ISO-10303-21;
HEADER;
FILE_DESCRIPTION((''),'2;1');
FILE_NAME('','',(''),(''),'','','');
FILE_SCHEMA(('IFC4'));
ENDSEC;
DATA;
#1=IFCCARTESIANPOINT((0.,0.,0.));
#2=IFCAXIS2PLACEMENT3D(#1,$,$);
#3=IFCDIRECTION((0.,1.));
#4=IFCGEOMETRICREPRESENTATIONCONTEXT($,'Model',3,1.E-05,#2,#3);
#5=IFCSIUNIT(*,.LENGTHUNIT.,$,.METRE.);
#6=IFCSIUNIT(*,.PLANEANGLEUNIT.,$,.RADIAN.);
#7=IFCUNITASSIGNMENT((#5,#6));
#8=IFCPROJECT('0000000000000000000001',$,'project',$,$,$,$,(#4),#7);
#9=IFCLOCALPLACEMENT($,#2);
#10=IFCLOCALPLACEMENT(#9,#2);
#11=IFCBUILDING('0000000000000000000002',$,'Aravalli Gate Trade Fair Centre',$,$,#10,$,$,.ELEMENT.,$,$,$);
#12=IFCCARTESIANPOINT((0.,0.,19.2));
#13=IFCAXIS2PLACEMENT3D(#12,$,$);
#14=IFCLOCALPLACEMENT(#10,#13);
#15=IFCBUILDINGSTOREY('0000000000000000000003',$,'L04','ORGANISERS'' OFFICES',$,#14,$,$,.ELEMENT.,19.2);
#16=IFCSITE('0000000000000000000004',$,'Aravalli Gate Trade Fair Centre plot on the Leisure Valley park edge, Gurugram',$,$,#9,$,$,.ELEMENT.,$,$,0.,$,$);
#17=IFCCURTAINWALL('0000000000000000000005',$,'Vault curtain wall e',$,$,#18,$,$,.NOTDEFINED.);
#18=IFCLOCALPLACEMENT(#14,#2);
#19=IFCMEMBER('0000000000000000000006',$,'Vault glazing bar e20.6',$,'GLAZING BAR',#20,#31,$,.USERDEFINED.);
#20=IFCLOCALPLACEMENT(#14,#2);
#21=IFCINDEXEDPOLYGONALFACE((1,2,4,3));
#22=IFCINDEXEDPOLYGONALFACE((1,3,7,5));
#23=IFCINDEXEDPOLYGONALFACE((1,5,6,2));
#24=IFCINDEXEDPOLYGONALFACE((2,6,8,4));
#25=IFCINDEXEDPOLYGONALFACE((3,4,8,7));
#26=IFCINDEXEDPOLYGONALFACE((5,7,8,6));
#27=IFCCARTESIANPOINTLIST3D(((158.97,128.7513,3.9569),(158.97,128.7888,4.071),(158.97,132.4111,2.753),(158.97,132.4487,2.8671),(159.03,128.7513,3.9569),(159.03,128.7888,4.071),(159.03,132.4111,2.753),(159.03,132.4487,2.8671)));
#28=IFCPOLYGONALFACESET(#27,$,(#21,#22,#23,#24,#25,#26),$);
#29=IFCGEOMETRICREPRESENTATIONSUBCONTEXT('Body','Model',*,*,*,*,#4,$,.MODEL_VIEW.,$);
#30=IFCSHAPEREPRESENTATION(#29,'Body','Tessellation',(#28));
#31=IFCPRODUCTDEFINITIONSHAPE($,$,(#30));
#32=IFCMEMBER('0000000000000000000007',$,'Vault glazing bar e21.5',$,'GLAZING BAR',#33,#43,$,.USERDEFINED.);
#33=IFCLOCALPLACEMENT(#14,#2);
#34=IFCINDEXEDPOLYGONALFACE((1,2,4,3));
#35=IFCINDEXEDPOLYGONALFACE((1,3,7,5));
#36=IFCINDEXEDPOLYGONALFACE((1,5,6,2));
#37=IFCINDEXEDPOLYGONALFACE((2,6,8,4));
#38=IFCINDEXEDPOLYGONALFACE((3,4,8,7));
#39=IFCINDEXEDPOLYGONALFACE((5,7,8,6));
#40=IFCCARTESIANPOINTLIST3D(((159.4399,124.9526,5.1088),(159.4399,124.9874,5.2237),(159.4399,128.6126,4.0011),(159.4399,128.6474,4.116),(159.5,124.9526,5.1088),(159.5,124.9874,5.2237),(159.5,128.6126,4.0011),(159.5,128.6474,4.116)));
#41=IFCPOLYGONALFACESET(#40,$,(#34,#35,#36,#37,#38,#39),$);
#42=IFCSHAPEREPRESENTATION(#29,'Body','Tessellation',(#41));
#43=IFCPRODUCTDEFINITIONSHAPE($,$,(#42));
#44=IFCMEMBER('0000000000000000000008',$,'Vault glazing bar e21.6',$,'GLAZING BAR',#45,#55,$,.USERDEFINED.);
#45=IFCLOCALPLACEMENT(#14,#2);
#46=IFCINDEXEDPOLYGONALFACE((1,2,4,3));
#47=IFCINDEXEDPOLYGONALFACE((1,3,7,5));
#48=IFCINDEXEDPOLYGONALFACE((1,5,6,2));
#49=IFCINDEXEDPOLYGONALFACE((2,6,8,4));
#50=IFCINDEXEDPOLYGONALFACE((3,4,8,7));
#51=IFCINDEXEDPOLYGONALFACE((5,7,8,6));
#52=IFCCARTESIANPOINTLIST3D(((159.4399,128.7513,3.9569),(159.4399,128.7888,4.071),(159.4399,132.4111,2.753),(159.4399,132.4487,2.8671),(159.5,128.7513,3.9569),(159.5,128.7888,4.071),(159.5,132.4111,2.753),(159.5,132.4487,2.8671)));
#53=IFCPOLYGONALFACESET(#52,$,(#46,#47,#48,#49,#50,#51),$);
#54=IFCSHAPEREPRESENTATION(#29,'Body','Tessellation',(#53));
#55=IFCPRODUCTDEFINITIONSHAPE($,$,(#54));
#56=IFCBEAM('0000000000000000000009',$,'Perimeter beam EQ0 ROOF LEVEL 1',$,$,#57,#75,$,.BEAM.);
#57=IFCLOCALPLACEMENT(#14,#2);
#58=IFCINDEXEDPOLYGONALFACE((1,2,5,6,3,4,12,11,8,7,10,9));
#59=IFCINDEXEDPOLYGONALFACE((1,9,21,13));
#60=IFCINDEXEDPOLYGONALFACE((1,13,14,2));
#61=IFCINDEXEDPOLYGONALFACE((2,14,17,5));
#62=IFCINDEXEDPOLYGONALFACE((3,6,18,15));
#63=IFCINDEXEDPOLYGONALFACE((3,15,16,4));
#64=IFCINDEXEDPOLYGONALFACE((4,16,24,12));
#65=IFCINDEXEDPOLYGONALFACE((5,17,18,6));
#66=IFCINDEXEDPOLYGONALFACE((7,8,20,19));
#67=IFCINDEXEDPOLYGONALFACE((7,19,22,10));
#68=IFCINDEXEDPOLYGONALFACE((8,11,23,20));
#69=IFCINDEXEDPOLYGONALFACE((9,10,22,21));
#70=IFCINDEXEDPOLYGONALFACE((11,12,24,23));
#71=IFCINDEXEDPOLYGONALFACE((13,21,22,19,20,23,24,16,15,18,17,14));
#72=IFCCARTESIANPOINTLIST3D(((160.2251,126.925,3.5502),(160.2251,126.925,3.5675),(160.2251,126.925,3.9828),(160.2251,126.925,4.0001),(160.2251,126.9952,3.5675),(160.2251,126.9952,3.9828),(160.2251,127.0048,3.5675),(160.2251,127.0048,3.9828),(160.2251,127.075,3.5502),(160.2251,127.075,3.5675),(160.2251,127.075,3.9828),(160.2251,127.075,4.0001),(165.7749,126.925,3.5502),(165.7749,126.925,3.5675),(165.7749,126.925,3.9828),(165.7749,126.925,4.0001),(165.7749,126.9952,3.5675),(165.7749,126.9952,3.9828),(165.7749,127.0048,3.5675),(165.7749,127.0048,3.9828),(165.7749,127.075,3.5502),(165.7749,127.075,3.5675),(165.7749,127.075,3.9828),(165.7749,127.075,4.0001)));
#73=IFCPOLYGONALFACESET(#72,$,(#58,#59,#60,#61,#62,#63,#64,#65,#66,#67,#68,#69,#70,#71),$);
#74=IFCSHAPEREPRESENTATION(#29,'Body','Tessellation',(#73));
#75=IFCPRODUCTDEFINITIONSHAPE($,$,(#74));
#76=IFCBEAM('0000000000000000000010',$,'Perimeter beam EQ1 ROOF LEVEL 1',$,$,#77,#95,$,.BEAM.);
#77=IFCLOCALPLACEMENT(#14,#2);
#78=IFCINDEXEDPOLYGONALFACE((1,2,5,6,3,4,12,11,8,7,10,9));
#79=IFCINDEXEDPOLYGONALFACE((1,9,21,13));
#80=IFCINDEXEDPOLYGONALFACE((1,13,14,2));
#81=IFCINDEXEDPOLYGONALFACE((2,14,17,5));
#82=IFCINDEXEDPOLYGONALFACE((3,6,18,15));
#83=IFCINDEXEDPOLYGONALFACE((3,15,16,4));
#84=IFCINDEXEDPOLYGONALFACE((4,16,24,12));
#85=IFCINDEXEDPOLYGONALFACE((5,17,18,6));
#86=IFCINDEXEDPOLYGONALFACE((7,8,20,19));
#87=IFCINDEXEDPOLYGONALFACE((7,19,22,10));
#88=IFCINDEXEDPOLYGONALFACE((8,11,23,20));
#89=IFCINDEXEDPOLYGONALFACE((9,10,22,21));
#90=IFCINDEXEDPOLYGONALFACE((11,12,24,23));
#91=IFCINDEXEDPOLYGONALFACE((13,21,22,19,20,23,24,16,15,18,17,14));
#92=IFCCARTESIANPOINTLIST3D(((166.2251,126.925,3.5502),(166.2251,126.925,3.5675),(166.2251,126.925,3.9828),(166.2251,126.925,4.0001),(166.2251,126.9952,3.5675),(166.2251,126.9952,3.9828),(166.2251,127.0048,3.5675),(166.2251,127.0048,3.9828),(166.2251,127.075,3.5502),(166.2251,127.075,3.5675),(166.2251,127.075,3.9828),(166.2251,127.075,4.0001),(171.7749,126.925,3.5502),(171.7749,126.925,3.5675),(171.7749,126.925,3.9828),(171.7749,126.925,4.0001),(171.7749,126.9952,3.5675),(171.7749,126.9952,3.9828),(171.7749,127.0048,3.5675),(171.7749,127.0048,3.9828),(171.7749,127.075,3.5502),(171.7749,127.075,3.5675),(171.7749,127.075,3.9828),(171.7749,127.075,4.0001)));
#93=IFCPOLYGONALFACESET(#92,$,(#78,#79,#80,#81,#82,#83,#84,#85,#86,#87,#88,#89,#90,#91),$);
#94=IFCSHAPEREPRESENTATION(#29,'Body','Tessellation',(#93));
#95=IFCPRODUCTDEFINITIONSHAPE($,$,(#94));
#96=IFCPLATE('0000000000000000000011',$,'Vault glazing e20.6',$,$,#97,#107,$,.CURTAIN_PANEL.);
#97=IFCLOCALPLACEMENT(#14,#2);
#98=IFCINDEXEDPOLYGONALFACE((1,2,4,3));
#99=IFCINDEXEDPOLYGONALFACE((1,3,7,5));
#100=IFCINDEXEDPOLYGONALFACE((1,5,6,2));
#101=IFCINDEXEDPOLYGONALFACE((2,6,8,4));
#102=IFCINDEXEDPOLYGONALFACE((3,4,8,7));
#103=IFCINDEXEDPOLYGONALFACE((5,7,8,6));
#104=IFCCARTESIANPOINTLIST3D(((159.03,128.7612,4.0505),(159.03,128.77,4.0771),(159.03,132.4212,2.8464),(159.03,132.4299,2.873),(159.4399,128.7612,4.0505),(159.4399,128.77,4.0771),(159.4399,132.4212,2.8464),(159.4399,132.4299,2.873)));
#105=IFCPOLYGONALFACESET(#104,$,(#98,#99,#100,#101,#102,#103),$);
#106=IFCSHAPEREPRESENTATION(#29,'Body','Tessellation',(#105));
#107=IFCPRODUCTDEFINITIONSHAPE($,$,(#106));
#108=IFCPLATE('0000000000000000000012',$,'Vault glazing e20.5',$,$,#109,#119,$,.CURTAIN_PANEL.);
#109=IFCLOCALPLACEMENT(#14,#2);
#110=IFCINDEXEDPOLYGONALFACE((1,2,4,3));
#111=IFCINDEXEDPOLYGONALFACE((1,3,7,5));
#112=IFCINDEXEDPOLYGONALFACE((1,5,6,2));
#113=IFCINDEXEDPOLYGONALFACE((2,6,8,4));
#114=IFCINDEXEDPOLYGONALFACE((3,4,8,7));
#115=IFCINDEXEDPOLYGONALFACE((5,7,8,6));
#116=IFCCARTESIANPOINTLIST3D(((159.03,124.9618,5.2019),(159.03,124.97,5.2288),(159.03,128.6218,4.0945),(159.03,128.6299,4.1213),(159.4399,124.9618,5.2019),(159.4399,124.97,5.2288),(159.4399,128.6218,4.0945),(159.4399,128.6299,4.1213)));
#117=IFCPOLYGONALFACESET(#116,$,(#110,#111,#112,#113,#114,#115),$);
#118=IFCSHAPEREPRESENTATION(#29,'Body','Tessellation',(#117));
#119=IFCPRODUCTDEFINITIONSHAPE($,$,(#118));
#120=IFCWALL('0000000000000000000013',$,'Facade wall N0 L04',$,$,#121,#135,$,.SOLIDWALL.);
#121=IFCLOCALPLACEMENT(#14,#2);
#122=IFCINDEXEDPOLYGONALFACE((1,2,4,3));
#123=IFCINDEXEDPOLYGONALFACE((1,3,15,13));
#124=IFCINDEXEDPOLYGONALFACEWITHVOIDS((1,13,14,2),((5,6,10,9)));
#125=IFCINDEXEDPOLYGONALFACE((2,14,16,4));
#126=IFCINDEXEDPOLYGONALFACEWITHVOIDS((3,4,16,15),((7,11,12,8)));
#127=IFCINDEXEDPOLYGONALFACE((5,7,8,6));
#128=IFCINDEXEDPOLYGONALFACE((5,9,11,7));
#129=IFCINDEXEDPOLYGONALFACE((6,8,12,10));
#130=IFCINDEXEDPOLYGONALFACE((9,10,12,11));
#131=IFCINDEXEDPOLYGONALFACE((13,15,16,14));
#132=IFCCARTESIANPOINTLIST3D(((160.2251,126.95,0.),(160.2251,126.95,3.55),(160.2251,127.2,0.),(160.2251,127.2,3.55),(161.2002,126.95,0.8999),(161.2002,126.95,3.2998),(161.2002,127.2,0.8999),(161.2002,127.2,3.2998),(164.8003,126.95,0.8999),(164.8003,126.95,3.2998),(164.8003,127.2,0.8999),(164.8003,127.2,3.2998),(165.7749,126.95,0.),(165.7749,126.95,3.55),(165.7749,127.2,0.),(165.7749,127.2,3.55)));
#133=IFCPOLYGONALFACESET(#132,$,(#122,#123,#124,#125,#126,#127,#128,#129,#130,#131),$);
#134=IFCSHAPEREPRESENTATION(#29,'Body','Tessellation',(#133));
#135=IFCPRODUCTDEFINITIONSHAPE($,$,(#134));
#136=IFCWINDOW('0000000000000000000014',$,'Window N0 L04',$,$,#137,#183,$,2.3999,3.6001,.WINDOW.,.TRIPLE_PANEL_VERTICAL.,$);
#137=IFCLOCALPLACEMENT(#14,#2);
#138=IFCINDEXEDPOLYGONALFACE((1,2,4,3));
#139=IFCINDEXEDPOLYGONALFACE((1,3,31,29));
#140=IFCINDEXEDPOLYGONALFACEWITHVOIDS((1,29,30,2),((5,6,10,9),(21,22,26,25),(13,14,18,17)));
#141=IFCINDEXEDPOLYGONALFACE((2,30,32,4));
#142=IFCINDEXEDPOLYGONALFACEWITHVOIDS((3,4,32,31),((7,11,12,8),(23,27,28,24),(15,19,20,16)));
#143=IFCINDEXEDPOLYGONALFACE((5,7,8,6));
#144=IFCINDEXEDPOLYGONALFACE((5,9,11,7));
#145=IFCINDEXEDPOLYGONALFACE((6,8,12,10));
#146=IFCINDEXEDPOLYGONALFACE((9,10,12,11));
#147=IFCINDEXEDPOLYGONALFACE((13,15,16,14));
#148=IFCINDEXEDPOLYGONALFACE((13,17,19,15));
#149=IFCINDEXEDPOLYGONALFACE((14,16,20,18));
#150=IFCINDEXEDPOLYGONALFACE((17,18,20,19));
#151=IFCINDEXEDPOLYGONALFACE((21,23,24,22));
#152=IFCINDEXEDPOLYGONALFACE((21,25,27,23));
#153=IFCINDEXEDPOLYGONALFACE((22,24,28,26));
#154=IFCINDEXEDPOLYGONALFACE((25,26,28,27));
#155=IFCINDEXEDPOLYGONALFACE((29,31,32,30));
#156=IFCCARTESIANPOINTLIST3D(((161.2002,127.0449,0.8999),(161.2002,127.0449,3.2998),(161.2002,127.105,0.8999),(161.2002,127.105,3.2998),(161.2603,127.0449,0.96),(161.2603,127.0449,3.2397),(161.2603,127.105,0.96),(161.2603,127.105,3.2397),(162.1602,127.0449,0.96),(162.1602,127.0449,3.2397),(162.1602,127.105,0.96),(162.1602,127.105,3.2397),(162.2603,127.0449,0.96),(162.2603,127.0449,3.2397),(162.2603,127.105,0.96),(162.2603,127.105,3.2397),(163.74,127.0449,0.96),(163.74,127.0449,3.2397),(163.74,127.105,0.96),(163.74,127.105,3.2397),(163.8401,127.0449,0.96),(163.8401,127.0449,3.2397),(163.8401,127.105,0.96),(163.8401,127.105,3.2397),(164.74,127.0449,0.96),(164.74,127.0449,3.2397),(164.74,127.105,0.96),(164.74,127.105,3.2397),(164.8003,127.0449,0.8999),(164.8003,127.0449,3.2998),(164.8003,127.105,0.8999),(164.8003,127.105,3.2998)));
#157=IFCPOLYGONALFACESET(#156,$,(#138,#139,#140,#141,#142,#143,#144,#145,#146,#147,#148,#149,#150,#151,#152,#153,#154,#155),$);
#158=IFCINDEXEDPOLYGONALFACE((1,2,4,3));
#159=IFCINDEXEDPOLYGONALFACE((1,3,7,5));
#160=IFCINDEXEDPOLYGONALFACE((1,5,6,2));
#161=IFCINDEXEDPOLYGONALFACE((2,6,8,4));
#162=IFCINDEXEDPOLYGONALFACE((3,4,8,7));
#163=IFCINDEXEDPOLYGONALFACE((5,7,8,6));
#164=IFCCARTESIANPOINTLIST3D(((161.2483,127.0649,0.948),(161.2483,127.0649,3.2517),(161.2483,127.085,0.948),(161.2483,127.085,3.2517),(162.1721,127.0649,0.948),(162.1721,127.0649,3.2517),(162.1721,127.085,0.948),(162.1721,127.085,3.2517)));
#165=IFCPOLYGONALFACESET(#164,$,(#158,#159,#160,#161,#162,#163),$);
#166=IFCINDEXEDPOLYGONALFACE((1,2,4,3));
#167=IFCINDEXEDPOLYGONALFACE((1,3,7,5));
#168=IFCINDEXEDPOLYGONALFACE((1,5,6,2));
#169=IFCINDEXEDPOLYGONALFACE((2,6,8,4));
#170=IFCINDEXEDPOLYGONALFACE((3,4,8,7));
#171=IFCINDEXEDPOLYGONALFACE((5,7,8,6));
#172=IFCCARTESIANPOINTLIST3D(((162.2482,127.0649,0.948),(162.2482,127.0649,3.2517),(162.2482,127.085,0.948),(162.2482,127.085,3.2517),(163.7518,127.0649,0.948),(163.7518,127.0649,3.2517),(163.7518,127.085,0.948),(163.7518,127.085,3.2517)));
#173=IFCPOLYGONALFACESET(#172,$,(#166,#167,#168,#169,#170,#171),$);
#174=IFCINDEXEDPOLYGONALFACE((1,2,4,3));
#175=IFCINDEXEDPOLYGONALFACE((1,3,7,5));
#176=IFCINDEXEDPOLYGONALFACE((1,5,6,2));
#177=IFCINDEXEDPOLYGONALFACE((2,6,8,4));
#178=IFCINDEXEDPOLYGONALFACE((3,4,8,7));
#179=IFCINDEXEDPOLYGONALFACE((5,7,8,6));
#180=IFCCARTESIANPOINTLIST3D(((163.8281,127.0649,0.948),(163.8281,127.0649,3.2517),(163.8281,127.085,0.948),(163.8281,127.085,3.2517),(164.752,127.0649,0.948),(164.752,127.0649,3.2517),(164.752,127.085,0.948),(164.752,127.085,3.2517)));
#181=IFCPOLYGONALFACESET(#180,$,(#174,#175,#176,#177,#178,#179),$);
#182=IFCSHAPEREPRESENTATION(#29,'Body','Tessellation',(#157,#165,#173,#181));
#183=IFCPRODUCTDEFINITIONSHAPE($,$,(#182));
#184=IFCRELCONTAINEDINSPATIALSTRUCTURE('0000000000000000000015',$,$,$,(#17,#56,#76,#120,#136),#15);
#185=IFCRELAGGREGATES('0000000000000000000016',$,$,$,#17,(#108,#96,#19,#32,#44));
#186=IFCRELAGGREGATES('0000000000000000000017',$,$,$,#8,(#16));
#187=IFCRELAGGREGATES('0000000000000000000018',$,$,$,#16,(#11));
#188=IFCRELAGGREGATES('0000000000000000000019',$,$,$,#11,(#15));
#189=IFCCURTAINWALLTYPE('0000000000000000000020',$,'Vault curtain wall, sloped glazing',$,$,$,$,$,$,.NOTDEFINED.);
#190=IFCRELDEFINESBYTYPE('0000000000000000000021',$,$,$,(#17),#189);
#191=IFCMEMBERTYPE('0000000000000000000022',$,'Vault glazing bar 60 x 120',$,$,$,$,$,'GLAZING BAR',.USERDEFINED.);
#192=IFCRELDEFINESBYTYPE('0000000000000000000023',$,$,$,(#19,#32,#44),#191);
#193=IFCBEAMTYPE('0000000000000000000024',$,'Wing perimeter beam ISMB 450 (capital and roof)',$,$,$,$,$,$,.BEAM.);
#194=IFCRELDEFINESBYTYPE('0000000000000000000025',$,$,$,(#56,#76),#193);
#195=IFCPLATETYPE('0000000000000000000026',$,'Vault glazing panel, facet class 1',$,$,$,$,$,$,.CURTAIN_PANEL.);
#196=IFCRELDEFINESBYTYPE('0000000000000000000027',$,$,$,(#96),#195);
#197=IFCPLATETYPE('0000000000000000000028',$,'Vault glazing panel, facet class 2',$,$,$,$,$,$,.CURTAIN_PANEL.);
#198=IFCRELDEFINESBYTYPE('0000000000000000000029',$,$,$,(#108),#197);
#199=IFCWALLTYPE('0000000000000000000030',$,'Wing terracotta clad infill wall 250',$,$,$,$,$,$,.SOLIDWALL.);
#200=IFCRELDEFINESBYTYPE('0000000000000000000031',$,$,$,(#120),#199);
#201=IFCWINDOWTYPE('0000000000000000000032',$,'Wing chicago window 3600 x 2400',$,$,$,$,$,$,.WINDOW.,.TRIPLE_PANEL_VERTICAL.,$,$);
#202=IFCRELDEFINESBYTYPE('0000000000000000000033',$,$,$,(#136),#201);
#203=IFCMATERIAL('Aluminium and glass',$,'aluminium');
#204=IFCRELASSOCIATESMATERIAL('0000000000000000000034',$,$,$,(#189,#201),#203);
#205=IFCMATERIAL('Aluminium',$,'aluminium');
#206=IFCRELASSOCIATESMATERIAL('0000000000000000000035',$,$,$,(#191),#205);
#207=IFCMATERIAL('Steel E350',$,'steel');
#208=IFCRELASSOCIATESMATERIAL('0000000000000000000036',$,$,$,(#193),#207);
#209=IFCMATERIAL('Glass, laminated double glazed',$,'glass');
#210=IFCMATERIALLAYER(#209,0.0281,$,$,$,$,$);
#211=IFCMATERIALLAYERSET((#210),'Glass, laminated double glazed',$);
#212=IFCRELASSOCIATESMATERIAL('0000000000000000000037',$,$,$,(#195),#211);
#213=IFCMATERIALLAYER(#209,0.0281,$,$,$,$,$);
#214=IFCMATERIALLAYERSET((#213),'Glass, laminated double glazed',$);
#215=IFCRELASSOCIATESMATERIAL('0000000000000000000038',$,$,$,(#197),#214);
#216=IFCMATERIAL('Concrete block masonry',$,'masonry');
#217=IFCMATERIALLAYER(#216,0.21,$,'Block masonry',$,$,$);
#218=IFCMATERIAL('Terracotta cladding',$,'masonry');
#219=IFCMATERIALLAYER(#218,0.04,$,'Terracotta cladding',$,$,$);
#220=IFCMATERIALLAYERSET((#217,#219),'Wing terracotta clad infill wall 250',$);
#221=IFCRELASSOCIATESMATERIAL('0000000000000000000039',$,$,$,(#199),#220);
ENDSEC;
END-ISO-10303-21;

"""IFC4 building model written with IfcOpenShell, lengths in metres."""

from ifc_helpers import new_model, si_unit, direction, frame, frame_2d, origin, origin_2d, place, context, subcontext, project, spatial, polyline, rectangle, i_section, outline, extrude, material, layer, layer_set, material_profile, profile_set, type_object, element, fill, aggregate, save


model = new_model("IFC4")

# Units and contexts
model_context = context("Model", 3, precision=1e-05, world=origin(), true_north=direction((0.0, 1.0)))
body_context = subcontext(model_context, "Body", "Model", "MODEL_VIEW")
ifc_project = project(units=[si_unit("LENGTHUNIT", "METRE"), si_unit("PLANEANGLEUNIT", "RADIAN")], contexts=[model_context])

# Site, building, storey
site_placement = place(None, origin())
site = spatial("IfcSite", under=ifc_project, at=site_placement, Name="Aravalli Gate Trade Fair Centre plot on the Leisure Valley park edge, Gurugram", CompositionType="ELEMENT", RefElevation=0.0)
building_placement = place(site_placement, origin())
building = spatial("IfcBuilding", under=site, at=building_placement, Name="Aravalli Gate Trade Fair Centre", CompositionType="ELEMENT")
storey_placement = place(building_placement, frame((0.0, 0.0, 19.2)))
storey = spatial("IfcBuildingStorey", under=building, at=storey_placement, Name="L04", Description="ORGANISERS' OFFICES", CompositionType="ELEMENT", Elevation=19.2)

# Shared definitions
ifc_material_1 = material(Name="Steel E350", Category="steel")

# Shared definitions
ifc_material_2 = material(Name="Aluminium", Category="aluminium")

# Curtain wall, members
ifc_material_3 = material(Name="Aluminium and glass", Category="aluminium")
curtain_wall_type = type_object("IfcCurtainWallType", Name="Vault curtain wall, sloped glazing", PredefinedType="NOTDEFINED", material=ifc_material_3)
curtain_wall_placement = place(storey_placement, origin())
curtain_wall = element("IfcCurtainWall", 1, at=curtain_wall_placement, inside=storey, type_object=curtain_wall_type, Name="Vault curtain wall e", PredefinedType="NOTDEFINED")
ifc_material_profile_1 = material_profile(ifc_material_2, rectangle(XDim=0.0601, YDim=0.1201, at=origin_2d()), Name="Vault glazing bar 60 x 120")
ifc_profile_set_1 = profile_set([ifc_material_profile_1], Name="Aluminium")
member_type_1 = type_object("IfcMemberType", Name="Vault glazing bar 60 x 120", ElementType="GLAZING BAR", PredefinedType="USERDEFINED", material=ifc_profile_set_1)
member_1_placement = place(storey_placement, frame((159.0, 128.77, 4.0139), z_axis=(0.0, 0.94993, -0.312461), x_axis=(-1.0, 0.0, 0.0)))
member_1 = element("IfcMember", 2, at=member_1_placement, type_object=member_type_1, Name="Vault glazing bar e20.6", ObjectType="GLAZING BAR", PredefinedType="USERDEFINED", context=body_context, shape_type="SweptSolid", body=[
    extrude(rectangle(XDim=0.0601, YDim=0.1201, at=origin_2d()), origin(), (0.0, 0.0, 1.0), 3.8528),
])
member_2_placement = place(storey_placement, frame((159.47, 124.97, 5.1663), z_axis=(0.0, 0.957126, -0.289672), x_axis=(-1.0, 0.0, 0.0)))
member_2 = element("IfcMember", 3, at=member_2_placement, type_object=member_type_1, Name="Vault glazing bar e21.5", ObjectType="GLAZING BAR", PredefinedType="USERDEFINED", context=body_context, shape_type="SweptSolid", body=[
    extrude(rectangle(XDim=0.0601, YDim=0.1201, at=origin_2d()), origin(), (0.0, 0.0, 1.0), 3.824),
])
member_3_placement = place(storey_placement, frame((159.47, 128.77, 4.0139), z_axis=(0.0, 0.94993, -0.312461), x_axis=(-1.0, 0.0, 0.0)))
member_3 = element("IfcMember", 4, at=member_3_placement, type_object=member_type_1, Name="Vault glazing bar e21.6", ObjectType="GLAZING BAR", PredefinedType="USERDEFINED", context=body_context, shape_type="SweptSolid", body=[
    extrude(rectangle(XDim=0.0601, YDim=0.1201, at=origin_2d()), origin(), (0.0, 0.0, 1.0), 3.8528),
])

# Beams
ifc_material_profile_2 = material_profile(ifc_material_1, i_section(OverallWidth=0.1499, OverallDepth=0.45, WebThickness=0.0095, FlangeThickness=0.0173, at=origin_2d()), Name="ISMB 450")
ifc_profile_set_2 = profile_set([ifc_material_profile_2], Name="Steel E350")
beam_type = type_object("IfcBeamType", Name="Wing perimeter beam ISMB 450 (capital and roof)", PredefinedType="BEAM", material=ifc_profile_set_2)
for number, where, z_axis, x_axis, name in (
    (5, (160.2251, 127.0, 3.7751), (1.0, 0.0, 0.0), (0.0, 1.0, 0.0), "Perimeter beam EQ0 ROOF LEVEL 1"),
    (6, (166.2251, 127.0, 3.7751), (1.0, 0.0, 0.0), (0.0, 1.0, 0.0), "Perimeter beam EQ1 ROOF LEVEL 1"),
):
    element("IfcBeam", number, at=place(storey_placement, frame(where, z_axis=z_axis, x_axis=x_axis)), inside=storey, type_object=beam_type, Name=name, PredefinedType="BEAM", context=body_context, shape_type="SweptSolid", body=[
        extrude(i_section(OverallWidth=0.1499, OverallDepth=0.45, WebThickness=0.0095, FlangeThickness=0.0173, at=origin_2d()), origin(), (0.0, 0.0, 1.0), 5.5498),
    ])

# Plates
ifc_material_4 = material(Name="Glass, laminated double glazed", Category="glass")
ifc_layer_1 = layer(ifc_material_4, 0.0281)
ifc_layer_set_1 = layer_set([ifc_layer_1], Name="Glass, laminated double glazed")
plate_type_1 = type_object("IfcPlateType", Name="Vault glazing panel, facet class 1", PredefinedType="CURTAIN_PANEL", material=ifc_layer_set_1)
plate_1_placement = place(storey_placement, frame((159.03, 128.77, 4.0771), z_axis=(0.0, 0.312518, 0.949912), x_axis=(1.0, 0.0, 0.0)))
plate_1 = element("IfcPlate", 7, at=plate_1_placement, type_object=plate_type_1, Name="Vault glazing e20.6", PredefinedType="CURTAIN_PANEL", context=body_context, shape_type="SweptSolid", body=[
    extrude(outline(polyline([(0.0, 0.0), (0.4099, 0.0), (0.4099, 3.8529), (0.0, 3.8529), (0.0, 0.0)])), origin(), (0.0, 0.0, -1.0), 0.0281),
])
ifc_layer_2 = layer(ifc_material_4, 0.0281)
ifc_layer_set_2 = layer_set([ifc_layer_2], Name="Glass, laminated double glazed")
plate_type_2 = type_object("IfcPlateType", Name="Vault glazing panel, facet class 2", PredefinedType="CURTAIN_PANEL", material=ifc_layer_set_2)
plate_2_placement = place(storey_placement, frame((159.03, 124.97, 5.2288), z_axis=(0.0, 0.289614, 0.957144), x_axis=(1.0, 0.0, 0.0)))
plate_2 = element("IfcPlate", 8, at=plate_2_placement, type_object=plate_type_2, Name="Vault glazing e20.5", PredefinedType="CURTAIN_PANEL", context=body_context, shape_type="SweptSolid", body=[
    extrude(outline(polyline([(0.0, 0.0), (0.4099, 0.0), (0.4099, 3.8238), (0.0, 3.8238), (0.0, 0.0)])), origin(), (0.0, 0.0, -1.0), 0.0281),
])
aggregate(curtain_wall, [plate_2, plate_1, member_1, member_2, member_3])

# Wall, opening, window
ifc_material_5 = material(Name="Concrete block masonry", Category="masonry")
ifc_layer_3 = layer(ifc_material_5, 0.21, Name="Block masonry")
ifc_material_6 = material(Name="Terracotta cladding", Category="masonry")
ifc_layer_4 = layer(ifc_material_6, 0.04, Name="Terracotta cladding")
ifc_layer_set_3 = layer_set([ifc_layer_3, ifc_layer_4], Name="Wing terracotta clad infill wall 250")
wall_type = type_object("IfcWallType", Name="Wing terracotta clad infill wall 250", PredefinedType="SOLIDWALL", material=ifc_layer_set_3)
wall_1_placement = place(storey_placement, frame((160.2251, 127.075, 0.0), z_axis=(0.0, 0.0, 1.0), x_axis=(1.0, 0.0, 0.0)))
wall_1 = element("IfcWall", 9, at=wall_1_placement, inside=storey, type_object=wall_type, Name="Facade wall N0 L04", PredefinedType="SOLIDWALL", context=body_context, shape_type="SweptSolid", body=[
    extrude(rectangle(XDim=5.5498, YDim=0.25, at=frame_2d((2.7749, 0.0))), origin(), (0.0, 0.0, 1.0), 3.55),
])
opening_1_placement = place(wall_1_placement, frame((0.9751, 0.0, 0.8999)))
opening_1 = element("IfcOpeningElement", 10, at=opening_1_placement, cuts=wall_1, PredefinedType="OPENING", context=body_context, shape_type="SweptSolid", body=[
    extrude(rectangle(XDim=3.6001, YDim=2.3999, at=frame_2d((1.8, 1.2))), frame((0.0, 0.135, 0.0), z_axis=(0.0, -1.0, 0.0), x_axis=(1.0, 0.0, 0.0)), (0.0, 0.0, 1.0), 0.27),
])
window_type = type_object("IfcWindowType", Name="Wing chicago window 3600 x 2400", PartitioningType="TRIPLE_PANEL_VERTICAL", PredefinedType="WINDOW", material=ifc_material_3)
window_1_placement = place(opening_1_placement, origin())
window_1 = element("IfcWindow", 11, at=window_1_placement, inside=storey, type_object=window_type, Name="Window N0 L04", OverallHeight=2.3999, OverallWidth=3.6001, PartitioningType="TRIPLE_PANEL_VERTICAL", PredefinedType="WINDOW", context=body_context, shape_type="SweptSolid", body=[
    extrude(outline(polyline([(0.0, 0.0), (3.6001, 0.0), (3.6001, 2.3999), (0.0, 2.3999), (0.0, 0.0)]), holes=[polyline([(0.0601, 0.0601), (0.96, 0.0601), (0.96, 2.3398), (0.0601, 2.3398), (0.0601, 0.0601)]), polyline([(1.0601, 0.0601), (2.5398, 0.0601), (2.5398, 2.3398), (1.0601, 2.3398), (1.0601, 0.0601)]), polyline([(2.6399, 0.0601), (3.5398, 0.0601), (3.5398, 2.3398), (2.6399, 2.3398), (2.6399, 0.0601)])]), frame((0.0, 0.03, 0.0), z_axis=(0.0, -1.0, 0.0), x_axis=(1.0, 0.0, 0.0)), (0.0, 0.0, 1.0), 0.0601),
    extrude(rectangle(XDim=0.9238, YDim=2.3037, at=frame_2d((0.51, 1.2))), frame((0.0, 0.01, 0.0), z_axis=(0.0, -1.0, 0.0), x_axis=(1.0, 0.0, 0.0)), (0.0, 0.0, 1.0), 0.02),
    extrude(rectangle(XDim=1.5037, YDim=2.3037, at=frame_2d((1.7998, 1.2))), frame((0.0, 0.01, 0.0), z_axis=(0.0, -1.0, 0.0), x_axis=(1.0, 0.0, 0.0)), (0.0, 0.0, 1.0), 0.02),
    extrude(rectangle(XDim=0.9238, YDim=2.3037, at=frame_2d((3.0898, 1.2))), frame((0.0, 0.01, 0.0), z_axis=(0.0, -1.0, 0.0), x_axis=(1.0, 0.0, 0.0)), (0.0, 0.0, 1.0), 0.02),
])
fill(opening_1, window_1)

save(model, "model.ifc")
